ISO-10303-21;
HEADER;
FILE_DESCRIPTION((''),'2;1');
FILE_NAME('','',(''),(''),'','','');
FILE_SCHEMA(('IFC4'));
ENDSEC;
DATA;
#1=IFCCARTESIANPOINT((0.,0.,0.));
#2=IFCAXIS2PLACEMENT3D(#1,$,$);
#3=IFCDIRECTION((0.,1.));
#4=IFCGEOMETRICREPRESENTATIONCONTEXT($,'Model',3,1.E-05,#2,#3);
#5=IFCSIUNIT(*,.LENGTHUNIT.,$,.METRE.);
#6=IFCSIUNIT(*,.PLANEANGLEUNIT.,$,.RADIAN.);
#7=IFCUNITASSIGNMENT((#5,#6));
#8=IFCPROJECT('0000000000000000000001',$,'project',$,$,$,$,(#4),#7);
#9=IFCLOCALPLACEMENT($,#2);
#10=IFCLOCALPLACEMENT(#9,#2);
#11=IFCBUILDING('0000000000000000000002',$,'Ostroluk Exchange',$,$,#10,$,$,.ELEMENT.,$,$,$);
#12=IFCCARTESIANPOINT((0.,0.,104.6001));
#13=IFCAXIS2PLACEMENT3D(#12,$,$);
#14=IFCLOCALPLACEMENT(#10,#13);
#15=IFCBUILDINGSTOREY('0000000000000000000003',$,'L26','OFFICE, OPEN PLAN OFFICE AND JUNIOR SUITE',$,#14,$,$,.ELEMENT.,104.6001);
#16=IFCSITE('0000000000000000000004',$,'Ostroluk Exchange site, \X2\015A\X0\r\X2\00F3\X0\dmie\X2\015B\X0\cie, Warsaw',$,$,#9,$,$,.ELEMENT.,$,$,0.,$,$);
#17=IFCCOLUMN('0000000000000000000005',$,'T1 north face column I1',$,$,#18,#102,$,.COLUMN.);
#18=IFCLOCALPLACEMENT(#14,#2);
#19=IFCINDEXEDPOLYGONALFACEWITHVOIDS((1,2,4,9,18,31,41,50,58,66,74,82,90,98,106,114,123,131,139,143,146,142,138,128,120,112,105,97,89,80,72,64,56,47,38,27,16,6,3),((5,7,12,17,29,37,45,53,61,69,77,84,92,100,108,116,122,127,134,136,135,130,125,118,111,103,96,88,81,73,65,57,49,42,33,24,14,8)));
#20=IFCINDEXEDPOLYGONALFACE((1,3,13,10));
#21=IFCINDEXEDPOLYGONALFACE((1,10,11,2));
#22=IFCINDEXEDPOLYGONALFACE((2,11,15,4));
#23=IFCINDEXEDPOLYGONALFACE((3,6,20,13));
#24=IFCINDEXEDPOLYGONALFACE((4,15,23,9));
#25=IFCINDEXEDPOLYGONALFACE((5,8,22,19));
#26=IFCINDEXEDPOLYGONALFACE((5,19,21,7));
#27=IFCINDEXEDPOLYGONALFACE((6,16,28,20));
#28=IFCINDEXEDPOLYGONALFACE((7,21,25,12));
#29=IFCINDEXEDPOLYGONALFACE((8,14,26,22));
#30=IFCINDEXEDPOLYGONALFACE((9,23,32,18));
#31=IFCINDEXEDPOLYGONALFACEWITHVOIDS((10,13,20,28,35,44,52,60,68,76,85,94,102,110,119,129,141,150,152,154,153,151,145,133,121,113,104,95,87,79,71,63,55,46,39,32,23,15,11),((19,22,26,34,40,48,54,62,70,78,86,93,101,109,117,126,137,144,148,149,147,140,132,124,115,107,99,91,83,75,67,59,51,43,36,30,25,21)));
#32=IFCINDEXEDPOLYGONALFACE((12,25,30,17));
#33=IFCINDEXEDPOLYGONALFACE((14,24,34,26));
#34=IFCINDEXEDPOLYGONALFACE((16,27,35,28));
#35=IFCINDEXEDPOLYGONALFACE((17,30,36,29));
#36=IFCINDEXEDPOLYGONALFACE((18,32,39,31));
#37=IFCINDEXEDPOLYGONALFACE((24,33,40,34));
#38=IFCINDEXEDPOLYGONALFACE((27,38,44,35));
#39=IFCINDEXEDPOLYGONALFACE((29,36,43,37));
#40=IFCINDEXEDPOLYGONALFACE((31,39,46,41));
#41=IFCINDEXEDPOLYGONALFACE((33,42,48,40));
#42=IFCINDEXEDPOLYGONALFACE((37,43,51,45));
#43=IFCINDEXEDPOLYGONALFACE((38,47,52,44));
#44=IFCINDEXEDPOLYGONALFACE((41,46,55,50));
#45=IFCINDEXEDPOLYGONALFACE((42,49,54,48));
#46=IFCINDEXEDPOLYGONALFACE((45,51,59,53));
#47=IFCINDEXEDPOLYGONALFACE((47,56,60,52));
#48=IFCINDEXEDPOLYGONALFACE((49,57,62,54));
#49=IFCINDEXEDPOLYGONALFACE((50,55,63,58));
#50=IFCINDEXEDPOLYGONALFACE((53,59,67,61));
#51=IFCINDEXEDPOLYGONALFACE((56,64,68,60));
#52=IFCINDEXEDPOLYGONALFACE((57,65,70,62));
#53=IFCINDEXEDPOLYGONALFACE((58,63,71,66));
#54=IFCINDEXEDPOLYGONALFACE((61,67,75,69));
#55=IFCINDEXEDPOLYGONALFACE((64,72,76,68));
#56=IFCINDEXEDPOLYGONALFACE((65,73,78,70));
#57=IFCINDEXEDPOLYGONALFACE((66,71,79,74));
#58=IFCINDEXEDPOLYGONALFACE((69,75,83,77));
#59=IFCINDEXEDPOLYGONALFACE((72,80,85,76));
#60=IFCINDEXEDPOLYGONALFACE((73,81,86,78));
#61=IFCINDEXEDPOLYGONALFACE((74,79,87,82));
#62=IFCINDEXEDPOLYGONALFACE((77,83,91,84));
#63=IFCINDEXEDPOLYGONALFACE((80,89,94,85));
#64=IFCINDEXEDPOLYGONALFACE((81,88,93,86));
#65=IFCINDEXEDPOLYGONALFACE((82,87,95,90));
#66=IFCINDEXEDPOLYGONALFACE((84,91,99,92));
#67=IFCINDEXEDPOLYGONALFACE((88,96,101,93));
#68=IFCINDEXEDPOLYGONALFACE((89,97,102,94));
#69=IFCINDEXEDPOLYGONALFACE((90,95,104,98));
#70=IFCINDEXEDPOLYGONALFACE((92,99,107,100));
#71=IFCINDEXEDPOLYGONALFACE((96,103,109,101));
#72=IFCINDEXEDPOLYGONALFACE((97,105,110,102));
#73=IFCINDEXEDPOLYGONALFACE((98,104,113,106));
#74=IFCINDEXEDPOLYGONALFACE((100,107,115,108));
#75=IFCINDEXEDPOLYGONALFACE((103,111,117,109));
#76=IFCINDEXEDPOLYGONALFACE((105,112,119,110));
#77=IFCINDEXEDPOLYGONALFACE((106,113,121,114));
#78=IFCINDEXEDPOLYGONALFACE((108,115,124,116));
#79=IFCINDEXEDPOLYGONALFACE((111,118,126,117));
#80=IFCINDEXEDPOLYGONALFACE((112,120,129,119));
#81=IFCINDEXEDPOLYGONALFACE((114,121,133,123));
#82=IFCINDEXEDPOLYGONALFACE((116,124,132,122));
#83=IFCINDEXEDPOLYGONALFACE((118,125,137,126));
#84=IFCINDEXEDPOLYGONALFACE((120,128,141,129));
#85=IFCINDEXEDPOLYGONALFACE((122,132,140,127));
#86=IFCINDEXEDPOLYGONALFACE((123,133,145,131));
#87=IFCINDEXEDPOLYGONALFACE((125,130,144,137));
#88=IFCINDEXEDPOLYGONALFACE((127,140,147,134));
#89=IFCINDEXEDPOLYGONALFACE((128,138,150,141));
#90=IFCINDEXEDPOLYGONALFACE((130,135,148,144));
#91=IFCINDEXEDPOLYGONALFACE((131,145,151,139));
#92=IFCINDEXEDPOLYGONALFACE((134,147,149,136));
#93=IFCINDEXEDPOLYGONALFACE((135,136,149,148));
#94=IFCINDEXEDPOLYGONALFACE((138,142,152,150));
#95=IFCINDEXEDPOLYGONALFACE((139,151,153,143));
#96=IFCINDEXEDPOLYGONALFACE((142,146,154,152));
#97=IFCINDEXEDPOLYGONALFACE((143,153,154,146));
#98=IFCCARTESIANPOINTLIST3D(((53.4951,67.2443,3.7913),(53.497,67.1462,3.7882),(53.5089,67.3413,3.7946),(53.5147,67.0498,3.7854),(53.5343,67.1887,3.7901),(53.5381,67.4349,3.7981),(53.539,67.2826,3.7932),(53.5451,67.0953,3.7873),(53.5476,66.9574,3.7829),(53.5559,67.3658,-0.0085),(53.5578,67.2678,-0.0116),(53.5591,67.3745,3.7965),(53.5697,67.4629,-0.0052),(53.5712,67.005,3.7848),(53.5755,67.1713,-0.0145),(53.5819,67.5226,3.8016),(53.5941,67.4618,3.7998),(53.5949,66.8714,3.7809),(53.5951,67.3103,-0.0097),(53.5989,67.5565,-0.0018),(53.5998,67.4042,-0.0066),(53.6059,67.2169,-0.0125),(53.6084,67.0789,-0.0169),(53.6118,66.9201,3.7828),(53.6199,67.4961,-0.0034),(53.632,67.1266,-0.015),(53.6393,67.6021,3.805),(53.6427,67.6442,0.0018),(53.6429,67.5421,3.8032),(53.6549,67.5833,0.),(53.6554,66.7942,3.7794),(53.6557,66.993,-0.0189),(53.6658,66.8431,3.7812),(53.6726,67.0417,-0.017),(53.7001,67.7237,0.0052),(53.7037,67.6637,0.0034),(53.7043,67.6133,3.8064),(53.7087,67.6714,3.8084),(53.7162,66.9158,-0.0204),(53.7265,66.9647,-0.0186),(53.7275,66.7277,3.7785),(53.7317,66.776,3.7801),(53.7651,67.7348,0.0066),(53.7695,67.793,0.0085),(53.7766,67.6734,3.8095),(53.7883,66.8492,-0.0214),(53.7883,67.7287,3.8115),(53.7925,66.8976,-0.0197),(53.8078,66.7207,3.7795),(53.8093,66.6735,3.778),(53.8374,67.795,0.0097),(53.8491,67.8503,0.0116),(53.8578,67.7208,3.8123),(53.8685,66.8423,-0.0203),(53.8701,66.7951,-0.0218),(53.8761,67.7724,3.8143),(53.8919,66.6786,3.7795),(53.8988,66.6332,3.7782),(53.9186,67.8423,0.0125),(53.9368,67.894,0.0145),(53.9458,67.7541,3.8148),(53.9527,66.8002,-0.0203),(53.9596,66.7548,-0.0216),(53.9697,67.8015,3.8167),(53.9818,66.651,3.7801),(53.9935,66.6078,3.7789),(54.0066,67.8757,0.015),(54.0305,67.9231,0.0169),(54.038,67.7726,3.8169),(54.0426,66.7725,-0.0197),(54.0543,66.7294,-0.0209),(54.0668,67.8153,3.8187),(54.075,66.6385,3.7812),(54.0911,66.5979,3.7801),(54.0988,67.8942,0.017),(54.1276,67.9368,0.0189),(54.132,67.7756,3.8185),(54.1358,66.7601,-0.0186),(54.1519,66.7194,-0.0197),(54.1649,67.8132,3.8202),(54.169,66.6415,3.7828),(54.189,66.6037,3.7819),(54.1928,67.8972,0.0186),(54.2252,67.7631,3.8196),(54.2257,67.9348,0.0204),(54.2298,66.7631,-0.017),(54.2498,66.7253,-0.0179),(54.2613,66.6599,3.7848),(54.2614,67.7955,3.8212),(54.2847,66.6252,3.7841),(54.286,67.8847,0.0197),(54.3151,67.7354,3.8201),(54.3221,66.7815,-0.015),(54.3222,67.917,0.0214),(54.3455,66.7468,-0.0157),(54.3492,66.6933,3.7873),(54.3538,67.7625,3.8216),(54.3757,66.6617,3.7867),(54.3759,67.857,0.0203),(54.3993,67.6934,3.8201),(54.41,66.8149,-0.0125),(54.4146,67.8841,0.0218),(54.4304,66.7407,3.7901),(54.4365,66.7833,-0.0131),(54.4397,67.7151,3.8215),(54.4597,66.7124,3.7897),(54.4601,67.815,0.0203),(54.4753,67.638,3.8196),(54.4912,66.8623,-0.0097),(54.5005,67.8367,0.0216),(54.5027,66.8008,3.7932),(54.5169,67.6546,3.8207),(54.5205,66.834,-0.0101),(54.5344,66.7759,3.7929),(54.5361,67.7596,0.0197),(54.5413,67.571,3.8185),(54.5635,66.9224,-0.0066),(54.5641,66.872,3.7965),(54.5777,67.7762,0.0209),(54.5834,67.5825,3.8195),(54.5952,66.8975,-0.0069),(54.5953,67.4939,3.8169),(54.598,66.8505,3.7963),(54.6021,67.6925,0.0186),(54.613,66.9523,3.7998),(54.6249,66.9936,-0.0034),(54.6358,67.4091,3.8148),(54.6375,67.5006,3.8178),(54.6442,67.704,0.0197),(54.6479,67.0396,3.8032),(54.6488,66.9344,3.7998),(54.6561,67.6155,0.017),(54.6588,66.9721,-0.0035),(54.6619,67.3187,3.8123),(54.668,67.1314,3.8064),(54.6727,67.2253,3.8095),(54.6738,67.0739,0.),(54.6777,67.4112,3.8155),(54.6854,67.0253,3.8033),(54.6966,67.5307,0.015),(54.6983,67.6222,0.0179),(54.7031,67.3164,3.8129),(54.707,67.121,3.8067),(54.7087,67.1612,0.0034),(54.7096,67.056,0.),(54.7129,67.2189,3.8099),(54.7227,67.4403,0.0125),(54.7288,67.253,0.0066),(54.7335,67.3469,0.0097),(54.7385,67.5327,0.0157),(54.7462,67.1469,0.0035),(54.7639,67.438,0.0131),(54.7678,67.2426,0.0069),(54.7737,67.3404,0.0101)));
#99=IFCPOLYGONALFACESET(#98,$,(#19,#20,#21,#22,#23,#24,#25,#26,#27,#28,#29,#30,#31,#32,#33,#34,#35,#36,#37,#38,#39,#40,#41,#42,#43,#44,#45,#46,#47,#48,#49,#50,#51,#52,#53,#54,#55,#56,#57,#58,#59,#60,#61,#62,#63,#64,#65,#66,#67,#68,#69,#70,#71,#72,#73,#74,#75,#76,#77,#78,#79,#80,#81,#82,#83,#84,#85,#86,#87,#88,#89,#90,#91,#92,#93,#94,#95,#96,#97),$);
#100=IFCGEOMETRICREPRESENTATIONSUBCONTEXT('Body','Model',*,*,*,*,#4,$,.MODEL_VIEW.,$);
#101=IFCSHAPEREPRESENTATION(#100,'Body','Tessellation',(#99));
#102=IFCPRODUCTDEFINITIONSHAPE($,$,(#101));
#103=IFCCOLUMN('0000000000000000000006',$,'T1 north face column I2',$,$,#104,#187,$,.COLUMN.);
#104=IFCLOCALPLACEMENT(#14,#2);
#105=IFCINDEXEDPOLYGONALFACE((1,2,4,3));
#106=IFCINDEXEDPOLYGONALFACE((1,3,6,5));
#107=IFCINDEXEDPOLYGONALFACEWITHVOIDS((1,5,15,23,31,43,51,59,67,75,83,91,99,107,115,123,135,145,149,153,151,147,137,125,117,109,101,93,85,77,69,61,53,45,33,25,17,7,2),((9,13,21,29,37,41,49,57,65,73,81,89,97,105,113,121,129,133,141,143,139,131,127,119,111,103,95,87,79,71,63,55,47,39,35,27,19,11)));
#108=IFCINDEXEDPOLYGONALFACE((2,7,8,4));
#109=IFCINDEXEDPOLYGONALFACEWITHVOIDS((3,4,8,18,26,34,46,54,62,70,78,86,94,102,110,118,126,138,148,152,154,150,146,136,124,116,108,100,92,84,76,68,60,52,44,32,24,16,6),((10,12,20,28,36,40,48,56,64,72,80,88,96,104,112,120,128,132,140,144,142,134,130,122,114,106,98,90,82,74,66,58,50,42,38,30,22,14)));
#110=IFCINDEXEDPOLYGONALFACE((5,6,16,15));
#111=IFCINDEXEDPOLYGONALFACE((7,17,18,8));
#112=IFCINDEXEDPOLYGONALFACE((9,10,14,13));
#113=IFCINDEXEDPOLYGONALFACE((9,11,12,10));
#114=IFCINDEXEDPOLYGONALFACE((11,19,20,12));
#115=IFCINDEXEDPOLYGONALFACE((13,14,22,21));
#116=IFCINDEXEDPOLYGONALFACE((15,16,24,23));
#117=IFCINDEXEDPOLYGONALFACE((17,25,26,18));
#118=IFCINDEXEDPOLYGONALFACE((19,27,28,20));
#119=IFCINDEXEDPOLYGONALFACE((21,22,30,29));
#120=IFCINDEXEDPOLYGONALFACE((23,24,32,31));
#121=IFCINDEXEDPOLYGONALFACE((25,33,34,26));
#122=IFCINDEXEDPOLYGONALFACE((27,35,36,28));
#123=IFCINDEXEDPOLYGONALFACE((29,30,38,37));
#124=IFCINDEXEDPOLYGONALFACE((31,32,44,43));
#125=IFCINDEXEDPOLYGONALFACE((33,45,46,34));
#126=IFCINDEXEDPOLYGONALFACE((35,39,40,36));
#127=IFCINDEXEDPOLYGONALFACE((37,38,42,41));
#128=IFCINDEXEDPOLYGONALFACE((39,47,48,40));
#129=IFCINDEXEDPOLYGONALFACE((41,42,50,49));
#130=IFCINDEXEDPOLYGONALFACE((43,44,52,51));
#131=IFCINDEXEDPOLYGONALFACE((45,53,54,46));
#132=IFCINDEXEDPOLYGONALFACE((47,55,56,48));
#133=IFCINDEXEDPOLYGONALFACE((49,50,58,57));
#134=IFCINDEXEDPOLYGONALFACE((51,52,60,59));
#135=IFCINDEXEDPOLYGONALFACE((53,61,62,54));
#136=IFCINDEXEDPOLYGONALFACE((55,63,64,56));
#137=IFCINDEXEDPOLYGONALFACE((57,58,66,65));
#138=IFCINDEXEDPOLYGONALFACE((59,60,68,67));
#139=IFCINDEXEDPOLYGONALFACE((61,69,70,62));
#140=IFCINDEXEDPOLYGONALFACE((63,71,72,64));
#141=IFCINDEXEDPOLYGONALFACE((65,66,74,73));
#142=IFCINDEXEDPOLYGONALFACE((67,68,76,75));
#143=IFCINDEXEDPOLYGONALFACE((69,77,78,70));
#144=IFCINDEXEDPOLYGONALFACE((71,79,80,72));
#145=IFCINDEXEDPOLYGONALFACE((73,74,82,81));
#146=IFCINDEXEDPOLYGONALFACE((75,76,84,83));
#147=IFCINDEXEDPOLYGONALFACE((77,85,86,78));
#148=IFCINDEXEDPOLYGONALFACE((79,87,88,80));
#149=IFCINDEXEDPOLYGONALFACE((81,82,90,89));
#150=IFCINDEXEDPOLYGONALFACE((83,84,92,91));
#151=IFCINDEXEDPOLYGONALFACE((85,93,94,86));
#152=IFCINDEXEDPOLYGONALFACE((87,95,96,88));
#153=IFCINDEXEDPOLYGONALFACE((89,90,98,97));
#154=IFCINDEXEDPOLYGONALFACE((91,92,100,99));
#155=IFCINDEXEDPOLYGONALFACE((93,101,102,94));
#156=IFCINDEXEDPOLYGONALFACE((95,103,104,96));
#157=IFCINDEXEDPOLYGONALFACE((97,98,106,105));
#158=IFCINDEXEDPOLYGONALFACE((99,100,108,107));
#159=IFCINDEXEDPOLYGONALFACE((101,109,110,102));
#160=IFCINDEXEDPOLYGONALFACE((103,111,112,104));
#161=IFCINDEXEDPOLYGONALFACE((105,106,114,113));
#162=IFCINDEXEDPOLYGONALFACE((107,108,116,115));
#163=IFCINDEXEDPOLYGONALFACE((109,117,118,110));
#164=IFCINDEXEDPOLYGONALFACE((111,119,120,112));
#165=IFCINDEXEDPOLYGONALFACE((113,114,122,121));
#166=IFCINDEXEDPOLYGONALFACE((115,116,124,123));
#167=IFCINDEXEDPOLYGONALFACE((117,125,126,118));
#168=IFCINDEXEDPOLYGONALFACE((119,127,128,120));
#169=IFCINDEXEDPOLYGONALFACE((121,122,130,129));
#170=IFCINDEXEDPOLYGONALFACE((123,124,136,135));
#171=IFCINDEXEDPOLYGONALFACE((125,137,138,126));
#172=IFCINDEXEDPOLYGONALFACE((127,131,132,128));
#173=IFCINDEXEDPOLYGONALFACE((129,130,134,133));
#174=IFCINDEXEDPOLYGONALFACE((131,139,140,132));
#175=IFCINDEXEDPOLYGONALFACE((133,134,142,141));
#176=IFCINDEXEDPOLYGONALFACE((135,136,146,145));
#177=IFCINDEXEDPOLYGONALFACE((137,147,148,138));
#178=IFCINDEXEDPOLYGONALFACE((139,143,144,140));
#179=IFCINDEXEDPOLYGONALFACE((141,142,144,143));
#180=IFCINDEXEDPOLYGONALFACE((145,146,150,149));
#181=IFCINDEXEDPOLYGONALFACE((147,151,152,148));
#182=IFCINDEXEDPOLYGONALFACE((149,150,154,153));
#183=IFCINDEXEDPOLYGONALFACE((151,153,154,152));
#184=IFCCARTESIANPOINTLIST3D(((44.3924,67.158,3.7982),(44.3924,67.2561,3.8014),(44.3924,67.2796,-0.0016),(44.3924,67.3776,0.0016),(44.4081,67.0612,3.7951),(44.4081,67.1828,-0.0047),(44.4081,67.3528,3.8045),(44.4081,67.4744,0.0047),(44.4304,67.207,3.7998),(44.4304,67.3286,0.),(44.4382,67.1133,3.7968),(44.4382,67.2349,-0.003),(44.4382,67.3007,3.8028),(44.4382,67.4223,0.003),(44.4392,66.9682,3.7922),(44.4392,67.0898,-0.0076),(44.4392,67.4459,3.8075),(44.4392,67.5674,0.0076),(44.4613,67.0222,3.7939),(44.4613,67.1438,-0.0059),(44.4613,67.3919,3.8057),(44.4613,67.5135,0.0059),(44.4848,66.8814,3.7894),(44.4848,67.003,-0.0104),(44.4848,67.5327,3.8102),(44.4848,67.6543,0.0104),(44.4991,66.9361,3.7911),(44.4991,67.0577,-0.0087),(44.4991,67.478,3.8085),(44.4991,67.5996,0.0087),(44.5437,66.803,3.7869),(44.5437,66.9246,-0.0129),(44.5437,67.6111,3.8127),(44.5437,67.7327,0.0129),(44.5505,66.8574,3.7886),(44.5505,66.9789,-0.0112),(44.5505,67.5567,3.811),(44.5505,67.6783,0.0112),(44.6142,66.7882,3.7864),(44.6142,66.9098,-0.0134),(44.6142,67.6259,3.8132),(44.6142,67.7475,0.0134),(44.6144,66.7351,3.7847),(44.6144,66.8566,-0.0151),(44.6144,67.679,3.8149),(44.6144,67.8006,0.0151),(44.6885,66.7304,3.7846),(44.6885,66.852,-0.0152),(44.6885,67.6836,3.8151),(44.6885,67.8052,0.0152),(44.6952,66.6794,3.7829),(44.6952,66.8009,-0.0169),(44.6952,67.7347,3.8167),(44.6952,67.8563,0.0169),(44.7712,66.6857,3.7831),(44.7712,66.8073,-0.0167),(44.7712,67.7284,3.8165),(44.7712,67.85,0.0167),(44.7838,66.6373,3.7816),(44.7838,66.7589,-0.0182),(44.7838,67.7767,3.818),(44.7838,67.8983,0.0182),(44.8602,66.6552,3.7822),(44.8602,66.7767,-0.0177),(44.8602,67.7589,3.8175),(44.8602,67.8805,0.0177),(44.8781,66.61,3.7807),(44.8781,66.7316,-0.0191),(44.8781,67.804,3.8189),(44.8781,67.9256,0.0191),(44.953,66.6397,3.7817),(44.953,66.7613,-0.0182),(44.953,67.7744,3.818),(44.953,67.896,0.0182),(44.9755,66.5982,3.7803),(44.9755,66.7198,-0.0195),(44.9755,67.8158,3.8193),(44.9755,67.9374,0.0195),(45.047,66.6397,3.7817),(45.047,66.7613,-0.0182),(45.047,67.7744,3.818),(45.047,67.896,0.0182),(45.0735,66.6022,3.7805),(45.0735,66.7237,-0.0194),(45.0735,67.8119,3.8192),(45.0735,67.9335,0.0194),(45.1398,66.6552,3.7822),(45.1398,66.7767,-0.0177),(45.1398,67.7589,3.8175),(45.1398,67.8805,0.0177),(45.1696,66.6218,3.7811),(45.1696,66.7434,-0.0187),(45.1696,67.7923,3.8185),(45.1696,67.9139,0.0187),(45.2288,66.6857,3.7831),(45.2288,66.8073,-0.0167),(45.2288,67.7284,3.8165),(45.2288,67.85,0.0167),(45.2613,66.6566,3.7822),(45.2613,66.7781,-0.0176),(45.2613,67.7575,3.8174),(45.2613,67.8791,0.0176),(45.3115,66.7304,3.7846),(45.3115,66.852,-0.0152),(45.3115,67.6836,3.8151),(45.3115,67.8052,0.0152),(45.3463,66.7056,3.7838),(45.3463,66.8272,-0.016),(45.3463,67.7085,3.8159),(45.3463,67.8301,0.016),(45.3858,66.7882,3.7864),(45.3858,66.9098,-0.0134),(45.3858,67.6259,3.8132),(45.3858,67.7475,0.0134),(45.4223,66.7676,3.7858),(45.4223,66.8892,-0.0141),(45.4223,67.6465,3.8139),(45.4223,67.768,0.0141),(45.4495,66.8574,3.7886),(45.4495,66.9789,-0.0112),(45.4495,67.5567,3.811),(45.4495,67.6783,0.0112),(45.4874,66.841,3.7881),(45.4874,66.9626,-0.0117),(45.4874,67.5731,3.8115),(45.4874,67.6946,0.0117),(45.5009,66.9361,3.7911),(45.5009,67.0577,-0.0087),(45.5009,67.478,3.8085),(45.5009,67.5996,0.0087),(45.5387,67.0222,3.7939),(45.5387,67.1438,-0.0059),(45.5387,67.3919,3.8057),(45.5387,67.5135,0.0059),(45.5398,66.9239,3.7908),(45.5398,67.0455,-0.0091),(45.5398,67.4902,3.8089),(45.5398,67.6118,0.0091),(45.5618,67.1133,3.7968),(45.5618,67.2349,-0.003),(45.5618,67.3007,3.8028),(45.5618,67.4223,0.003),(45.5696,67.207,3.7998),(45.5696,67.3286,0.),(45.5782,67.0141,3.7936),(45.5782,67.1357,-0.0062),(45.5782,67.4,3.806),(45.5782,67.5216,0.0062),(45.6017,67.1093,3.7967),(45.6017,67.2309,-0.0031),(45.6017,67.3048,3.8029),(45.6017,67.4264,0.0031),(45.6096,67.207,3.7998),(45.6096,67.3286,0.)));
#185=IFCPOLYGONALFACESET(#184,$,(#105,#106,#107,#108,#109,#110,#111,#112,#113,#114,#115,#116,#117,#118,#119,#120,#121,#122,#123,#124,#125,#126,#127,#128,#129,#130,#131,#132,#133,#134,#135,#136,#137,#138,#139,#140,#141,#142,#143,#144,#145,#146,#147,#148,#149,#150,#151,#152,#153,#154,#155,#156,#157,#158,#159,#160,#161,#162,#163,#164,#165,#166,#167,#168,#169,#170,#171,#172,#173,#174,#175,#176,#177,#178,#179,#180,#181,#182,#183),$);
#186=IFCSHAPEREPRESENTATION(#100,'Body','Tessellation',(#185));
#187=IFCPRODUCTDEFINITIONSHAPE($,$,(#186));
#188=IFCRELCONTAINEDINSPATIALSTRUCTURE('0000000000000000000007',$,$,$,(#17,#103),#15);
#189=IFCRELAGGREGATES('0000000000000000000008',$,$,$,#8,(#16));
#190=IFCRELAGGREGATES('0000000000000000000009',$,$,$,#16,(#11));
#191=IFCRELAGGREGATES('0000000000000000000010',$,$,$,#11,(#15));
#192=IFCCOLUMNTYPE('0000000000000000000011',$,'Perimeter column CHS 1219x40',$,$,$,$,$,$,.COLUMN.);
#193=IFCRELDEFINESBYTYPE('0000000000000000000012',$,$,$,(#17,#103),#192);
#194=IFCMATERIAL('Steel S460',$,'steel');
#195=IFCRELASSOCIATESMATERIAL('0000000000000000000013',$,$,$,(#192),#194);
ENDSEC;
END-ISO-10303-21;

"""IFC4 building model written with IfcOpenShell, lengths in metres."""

from ifc_helpers import new_model, si_unit, direction, frame, origin, origin_2d, place, context, subcontext, project, spatial, hollow_circle, extrude, material, material_profile, profile_set, type_object, element, save


model = new_model("IFC4")

# Units and contexts
model_context = context("Model", 3, precision=1e-05, world=origin(), true_north=direction((0.0, 1.0)))
body_context = subcontext(model_context, "Body", "Model", "MODEL_VIEW")
ifc_project = project(units=[si_unit("LENGTHUNIT", "METRE"), si_unit("PLANEANGLEUNIT", "RADIAN")], contexts=[model_context])

# Site, building, storey
site_placement = place(None, origin())
site = spatial("IfcSite", under=ifc_project, at=site_placement, Name="Ostroluk Exchange site, Śródmieście, Warsaw", CompositionType="ELEMENT", RefElevation=0.0)
building_placement = place(site_placement, origin())
building = spatial("IfcBuilding", under=site, at=building_placement, Name="Ostroluk Exchange", CompositionType="ELEMENT")
storey_placement = place(building_placement, frame((0.0, 0.0, 104.6001)))
storey = spatial("IfcBuildingStorey", under=building, at=storey_placement, Name="L26", Description="OFFICE, OPEN PLAN OFFICE AND JUNIOR SUITE", CompositionType="ELEMENT", Elevation=104.6001)

# Columns
ifc_material_1 = material(Name="Steel S460", Category="steel")
ifc_material_profile_1 = material_profile(ifc_material_1, hollow_circle(Radius=0.6096, WallThickness=0.04, at=origin_2d()), Name="CHS 1219x40")
ifc_profile_set_1 = profile_set([ifc_material_profile_1], Name="Steel S460")
column_type = type_object("IfcColumnType", Name="Perimeter column CHS 1219x40", PredefinedType="COLUMN", material=ifc_profile_set_1)
column_1_placement = place(storey_placement, frame((54.1643, 67.3286, 0.0), z_axis=(-0.015988, -0.031976, 0.999361), x_axis=(0.894427, -0.447214, 0.0)))
element("IfcColumn", 1, at=column_1_placement, inside=storey, type_object=column_type, Name="T1 north face column I1", PredefinedType="COLUMN", context=body_context, shape_type="SweptSolid", body=[
    extrude(hollow_circle(Radius=0.6096, WallThickness=0.04, at=origin_2d()), origin(), (0.0, 0.0, 1.0), 3.8022),
])
column_2_placement = place(storey_placement, frame((45.0, 67.3286, 0.0), z_axis=(0.0, -0.031981, 0.999488), x_axis=(1.0, 0.0, 0.0)))
element("IfcColumn", 2, at=column_2_placement, inside=storey, type_object=column_type, Name="T1 north face column I2", PredefinedType="COLUMN", context=body_context, shape_type="SweptSolid", body=[
    extrude(hollow_circle(Radius=0.6096, WallThickness=0.04, at=origin_2d()), origin(), (0.0, 0.0, 1.0), 3.8018),
])

save(model, "model.ifc")
